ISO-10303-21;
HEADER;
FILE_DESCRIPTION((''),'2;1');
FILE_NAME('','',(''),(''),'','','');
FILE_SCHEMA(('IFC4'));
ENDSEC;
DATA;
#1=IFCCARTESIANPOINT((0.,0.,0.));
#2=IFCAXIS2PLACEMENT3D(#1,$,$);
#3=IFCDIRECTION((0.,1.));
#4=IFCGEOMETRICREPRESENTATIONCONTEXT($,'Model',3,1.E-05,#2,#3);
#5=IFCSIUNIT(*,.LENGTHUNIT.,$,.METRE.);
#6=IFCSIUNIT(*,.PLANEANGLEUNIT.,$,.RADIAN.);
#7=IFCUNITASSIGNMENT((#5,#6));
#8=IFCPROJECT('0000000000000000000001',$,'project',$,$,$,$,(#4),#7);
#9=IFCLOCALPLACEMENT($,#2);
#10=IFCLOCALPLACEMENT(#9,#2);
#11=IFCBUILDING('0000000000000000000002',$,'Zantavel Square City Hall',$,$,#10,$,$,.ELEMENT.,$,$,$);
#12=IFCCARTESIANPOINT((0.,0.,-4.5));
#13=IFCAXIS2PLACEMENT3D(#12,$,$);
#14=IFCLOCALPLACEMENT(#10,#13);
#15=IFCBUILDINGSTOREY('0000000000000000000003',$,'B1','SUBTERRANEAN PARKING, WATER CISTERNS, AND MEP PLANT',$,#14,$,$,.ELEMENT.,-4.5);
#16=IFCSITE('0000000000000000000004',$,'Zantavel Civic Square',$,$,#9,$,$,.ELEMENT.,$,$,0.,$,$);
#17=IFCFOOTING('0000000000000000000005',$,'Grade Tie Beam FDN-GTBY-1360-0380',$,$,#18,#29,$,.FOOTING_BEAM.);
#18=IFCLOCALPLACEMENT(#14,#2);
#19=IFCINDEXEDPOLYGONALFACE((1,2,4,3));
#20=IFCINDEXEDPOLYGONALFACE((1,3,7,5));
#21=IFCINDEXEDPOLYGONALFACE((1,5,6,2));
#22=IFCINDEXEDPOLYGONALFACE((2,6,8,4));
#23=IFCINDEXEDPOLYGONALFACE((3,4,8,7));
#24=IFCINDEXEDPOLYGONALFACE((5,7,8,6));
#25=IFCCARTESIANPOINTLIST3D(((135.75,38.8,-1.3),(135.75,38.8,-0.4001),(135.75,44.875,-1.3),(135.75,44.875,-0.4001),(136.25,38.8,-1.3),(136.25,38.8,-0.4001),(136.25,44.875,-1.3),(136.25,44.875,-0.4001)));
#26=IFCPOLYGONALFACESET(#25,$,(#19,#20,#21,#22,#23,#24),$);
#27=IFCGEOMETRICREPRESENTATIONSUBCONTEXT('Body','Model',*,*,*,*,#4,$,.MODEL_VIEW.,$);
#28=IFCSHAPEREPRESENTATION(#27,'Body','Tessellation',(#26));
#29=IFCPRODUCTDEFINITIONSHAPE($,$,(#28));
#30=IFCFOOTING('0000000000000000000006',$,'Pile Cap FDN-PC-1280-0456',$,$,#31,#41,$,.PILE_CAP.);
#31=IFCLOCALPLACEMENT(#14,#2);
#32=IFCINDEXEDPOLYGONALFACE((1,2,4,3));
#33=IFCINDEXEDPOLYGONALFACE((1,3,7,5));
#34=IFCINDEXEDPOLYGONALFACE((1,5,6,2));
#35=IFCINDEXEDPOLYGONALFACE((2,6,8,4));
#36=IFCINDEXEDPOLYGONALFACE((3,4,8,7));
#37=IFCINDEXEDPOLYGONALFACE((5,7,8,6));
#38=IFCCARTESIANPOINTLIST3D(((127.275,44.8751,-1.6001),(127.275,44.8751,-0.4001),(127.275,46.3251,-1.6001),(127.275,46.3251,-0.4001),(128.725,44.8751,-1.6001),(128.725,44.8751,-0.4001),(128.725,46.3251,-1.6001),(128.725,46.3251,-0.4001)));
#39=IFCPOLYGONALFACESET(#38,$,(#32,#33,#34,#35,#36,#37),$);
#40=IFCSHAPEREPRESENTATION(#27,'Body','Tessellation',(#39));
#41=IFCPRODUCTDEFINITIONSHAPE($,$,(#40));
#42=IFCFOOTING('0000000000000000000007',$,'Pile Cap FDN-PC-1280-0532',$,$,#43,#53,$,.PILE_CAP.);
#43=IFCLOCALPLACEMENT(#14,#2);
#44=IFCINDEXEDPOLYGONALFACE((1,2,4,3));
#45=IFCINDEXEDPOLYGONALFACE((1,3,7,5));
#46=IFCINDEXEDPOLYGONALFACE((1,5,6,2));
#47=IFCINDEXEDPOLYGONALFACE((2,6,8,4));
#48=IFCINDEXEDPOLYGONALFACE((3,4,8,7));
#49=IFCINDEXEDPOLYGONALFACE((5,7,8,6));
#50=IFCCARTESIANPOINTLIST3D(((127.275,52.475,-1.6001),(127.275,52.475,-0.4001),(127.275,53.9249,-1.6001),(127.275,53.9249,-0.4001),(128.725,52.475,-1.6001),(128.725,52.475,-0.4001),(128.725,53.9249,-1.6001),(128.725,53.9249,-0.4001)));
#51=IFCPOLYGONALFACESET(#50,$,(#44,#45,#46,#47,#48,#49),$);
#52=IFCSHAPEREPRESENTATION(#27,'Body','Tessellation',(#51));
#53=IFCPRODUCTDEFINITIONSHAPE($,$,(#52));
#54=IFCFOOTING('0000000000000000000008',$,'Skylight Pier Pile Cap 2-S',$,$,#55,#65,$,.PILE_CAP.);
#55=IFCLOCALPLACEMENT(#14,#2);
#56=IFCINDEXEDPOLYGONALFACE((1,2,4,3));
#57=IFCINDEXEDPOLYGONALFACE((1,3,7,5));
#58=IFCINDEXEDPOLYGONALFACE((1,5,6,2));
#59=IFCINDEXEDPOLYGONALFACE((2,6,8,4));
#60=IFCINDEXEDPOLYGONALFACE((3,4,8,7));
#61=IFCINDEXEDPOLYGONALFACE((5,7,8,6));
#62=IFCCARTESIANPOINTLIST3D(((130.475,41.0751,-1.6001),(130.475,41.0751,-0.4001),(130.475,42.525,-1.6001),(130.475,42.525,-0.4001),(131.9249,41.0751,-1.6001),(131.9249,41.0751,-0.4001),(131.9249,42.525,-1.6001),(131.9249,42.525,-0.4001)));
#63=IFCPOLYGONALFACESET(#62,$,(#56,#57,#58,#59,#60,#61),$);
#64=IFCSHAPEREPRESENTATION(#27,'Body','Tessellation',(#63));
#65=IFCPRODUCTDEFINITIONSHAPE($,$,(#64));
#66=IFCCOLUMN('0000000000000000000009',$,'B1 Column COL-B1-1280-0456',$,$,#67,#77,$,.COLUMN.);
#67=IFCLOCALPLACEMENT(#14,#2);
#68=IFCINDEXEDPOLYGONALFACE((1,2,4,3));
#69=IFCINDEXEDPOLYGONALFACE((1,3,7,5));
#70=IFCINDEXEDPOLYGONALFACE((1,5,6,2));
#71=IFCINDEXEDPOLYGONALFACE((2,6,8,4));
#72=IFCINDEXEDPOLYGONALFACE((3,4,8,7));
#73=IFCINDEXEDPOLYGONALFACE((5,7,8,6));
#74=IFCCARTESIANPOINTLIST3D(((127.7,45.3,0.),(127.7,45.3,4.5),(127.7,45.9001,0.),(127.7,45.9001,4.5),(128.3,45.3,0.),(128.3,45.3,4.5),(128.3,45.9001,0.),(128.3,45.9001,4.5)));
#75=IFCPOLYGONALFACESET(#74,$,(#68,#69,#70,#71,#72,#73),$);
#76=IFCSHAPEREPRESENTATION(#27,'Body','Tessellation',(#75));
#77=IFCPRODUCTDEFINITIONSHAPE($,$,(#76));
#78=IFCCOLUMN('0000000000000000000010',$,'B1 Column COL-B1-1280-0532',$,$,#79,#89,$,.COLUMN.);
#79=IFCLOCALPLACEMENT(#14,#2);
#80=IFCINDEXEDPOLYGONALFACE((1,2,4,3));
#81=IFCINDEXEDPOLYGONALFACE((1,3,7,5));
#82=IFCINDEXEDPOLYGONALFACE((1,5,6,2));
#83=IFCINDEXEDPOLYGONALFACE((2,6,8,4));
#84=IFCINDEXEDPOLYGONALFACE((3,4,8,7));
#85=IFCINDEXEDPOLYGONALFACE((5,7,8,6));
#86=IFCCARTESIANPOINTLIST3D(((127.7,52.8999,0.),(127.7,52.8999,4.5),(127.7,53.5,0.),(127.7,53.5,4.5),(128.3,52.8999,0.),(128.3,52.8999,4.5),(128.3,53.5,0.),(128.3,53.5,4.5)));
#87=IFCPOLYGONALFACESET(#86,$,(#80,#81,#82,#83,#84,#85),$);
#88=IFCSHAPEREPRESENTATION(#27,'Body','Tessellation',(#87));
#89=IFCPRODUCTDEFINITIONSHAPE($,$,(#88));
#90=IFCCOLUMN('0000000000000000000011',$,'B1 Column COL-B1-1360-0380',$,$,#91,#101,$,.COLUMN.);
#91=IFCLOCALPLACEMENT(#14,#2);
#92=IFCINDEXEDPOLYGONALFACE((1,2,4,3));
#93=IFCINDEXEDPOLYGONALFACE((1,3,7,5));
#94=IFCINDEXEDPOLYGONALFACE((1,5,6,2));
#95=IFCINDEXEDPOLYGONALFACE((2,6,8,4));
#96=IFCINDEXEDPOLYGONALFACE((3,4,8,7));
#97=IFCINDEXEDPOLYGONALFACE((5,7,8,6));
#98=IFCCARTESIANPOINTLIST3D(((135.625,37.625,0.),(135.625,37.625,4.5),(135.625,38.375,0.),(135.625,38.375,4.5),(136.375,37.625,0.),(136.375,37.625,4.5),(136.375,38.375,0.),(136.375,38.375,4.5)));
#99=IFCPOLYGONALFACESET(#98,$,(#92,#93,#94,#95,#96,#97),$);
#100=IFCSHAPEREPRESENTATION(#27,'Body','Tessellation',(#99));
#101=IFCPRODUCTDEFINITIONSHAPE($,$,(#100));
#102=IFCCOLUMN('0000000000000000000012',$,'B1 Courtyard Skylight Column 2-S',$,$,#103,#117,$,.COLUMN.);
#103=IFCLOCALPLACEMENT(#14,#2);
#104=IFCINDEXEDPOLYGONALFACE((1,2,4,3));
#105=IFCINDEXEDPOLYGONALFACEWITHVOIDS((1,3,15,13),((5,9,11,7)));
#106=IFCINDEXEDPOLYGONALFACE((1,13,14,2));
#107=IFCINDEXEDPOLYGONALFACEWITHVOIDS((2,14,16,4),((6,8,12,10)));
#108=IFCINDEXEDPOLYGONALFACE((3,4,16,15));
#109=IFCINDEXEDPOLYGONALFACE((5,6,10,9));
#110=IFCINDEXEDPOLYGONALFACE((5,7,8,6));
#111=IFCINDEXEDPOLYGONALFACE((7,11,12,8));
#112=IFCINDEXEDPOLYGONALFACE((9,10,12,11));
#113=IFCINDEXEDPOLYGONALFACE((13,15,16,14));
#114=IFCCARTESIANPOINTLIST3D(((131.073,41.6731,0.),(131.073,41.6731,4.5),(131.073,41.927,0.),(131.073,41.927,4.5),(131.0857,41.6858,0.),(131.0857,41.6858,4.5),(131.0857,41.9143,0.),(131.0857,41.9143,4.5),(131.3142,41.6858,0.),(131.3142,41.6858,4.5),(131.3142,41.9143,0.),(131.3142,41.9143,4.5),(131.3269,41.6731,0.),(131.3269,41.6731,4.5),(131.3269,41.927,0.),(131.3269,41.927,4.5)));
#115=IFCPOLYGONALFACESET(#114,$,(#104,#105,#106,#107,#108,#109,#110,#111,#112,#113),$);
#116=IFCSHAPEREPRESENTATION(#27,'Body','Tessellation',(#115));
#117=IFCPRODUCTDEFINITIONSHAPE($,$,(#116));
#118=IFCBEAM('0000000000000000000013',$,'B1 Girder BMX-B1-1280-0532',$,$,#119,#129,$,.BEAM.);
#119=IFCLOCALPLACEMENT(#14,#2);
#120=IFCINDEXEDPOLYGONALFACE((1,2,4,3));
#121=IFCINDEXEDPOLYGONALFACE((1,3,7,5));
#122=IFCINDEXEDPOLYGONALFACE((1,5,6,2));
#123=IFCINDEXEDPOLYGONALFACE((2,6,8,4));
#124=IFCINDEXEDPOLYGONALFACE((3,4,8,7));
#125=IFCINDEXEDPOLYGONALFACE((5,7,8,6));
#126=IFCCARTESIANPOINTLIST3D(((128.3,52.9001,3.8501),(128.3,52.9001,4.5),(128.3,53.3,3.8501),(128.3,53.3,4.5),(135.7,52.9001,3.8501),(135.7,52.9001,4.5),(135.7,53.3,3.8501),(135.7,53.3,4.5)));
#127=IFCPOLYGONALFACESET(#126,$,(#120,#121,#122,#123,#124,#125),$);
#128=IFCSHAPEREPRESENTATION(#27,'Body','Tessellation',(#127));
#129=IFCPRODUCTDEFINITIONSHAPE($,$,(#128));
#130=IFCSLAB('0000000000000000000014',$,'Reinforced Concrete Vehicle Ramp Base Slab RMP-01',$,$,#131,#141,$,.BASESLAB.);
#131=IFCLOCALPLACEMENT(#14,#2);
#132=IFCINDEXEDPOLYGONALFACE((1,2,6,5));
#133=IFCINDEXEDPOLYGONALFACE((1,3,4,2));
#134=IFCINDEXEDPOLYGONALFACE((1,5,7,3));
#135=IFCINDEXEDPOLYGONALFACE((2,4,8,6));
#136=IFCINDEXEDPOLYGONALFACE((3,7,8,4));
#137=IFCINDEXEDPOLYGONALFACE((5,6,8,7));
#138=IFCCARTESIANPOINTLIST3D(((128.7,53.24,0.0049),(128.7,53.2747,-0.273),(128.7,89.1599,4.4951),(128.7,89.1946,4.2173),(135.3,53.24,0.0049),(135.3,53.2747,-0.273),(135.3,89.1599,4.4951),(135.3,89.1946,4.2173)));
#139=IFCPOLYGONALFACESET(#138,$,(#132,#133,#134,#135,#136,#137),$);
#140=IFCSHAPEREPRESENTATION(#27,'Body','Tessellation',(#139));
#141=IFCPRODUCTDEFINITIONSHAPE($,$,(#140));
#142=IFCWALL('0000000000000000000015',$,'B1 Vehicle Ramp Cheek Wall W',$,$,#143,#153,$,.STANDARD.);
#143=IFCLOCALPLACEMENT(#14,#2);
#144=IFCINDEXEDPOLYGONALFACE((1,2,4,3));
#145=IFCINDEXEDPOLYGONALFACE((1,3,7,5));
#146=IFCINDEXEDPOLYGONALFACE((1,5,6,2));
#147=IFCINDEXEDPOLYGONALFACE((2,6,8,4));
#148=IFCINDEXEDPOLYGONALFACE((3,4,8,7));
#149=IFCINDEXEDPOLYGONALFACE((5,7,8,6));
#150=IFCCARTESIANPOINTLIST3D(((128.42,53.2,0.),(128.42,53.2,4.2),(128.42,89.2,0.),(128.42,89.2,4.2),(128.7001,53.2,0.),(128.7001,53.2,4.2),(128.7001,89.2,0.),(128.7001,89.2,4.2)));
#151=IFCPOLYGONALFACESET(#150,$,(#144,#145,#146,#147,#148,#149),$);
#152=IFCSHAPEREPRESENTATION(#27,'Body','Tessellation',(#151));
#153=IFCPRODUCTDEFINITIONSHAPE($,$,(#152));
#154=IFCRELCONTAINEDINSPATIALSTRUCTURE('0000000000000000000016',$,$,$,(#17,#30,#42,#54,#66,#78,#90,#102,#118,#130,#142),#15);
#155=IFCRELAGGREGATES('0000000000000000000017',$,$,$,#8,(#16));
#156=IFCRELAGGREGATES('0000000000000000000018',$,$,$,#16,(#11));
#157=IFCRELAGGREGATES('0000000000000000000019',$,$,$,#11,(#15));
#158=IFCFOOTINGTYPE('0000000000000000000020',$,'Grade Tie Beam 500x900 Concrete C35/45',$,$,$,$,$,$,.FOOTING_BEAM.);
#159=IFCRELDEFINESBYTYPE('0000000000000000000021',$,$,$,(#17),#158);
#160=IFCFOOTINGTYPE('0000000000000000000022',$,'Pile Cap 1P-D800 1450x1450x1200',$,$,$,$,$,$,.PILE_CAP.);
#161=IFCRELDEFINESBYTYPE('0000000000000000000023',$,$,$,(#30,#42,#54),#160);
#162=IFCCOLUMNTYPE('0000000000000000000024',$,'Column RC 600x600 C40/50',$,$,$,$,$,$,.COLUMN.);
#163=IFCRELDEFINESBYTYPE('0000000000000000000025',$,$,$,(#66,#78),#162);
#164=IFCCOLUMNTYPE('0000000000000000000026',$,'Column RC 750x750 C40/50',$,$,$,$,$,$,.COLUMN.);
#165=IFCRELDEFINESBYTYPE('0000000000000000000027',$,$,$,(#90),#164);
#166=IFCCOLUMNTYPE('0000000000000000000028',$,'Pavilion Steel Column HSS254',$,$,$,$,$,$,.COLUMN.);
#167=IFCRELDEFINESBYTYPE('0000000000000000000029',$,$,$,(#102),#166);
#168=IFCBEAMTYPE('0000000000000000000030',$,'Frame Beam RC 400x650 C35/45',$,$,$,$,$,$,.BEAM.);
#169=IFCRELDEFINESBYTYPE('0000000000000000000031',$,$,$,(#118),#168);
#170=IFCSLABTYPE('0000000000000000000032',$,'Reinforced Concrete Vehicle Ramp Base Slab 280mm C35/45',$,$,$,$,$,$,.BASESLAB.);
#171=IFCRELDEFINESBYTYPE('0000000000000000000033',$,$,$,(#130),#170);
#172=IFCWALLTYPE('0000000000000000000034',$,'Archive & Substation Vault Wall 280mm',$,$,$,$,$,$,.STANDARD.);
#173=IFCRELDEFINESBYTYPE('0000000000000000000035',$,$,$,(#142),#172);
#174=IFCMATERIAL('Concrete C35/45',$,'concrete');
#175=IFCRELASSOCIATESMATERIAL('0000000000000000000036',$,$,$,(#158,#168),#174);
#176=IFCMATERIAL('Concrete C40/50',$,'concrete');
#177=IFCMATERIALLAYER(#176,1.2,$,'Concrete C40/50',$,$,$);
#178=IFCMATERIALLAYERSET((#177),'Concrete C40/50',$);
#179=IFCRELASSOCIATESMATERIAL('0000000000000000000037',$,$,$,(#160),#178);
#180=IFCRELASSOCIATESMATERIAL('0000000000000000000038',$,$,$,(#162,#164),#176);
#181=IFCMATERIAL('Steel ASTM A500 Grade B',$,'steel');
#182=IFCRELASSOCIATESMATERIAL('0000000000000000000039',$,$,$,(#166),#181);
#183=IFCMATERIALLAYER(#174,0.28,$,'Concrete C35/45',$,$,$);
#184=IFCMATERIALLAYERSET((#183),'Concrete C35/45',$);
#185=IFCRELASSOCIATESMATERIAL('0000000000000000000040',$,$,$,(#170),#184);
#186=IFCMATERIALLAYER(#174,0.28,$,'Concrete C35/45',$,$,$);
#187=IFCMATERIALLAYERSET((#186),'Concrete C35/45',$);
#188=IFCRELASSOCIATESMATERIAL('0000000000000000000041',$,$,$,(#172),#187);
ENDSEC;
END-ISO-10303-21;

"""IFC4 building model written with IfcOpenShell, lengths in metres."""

from ifc_helpers import new_model, si_unit, direction, frame, frame_2d, origin, origin_2d, place, context, subcontext, project, spatial, polyline, rectangle, hollow_rectangle, outline, extrude, material, layer, layer_set, material_profile, profile_set, type_object, element, save


model = new_model("IFC4")

# Units and contexts
model_context = context("Model", 3, precision=1e-05, world=origin(), true_north=direction((0.0, 1.0)))
body_context = subcontext(model_context, "Body", "Model", "MODEL_VIEW")
ifc_project = project(units=[si_unit("LENGTHUNIT", "METRE"), si_unit("PLANEANGLEUNIT", "RADIAN")], contexts=[model_context])

# Site, building, storey
site_placement = place(None, origin())
site = spatial("IfcSite", under=ifc_project, at=site_placement, Name="Zantavel Civic Square", CompositionType="ELEMENT", RefElevation=0.0)
building_placement = place(site_placement, origin())
building = spatial("IfcBuilding", under=site, at=building_placement, Name="Zantavel Square City Hall", CompositionType="ELEMENT")
storey_placement = place(building_placement, frame((0.0, 0.0, -4.5)))
storey = spatial("IfcBuildingStorey", under=building, at=storey_placement, Name="B1", Description="SUBTERRANEAN PARKING, WATER CISTERNS, AND MEP PLANT", CompositionType="ELEMENT", Elevation=-4.5)

# Shared definitions
ifc_material_1 = material(Name="Concrete C35/45", Category="concrete")

# Footings
ifc_material_profile_1 = material_profile(ifc_material_1, rectangle(XDim=0.5, YDim=0.8999, at=origin_2d()), Name="RC 500x900")
ifc_profile_set_1 = profile_set([ifc_material_profile_1], Name="Concrete C35/45")
footing_type_1 = type_object("IfcFootingType", Name="Grade Tie Beam 500x900 Concrete C35/45", PredefinedType="FOOTING_BEAM", material=ifc_profile_set_1)
footing_1_placement = place(storey_placement, frame((136.0, 38.8, -0.8501), z_axis=(0.0, 1.0, 0.0), x_axis=(-1.0, 0.0, 0.0)))
element("IfcFooting", 1, at=footing_1_placement, inside=storey, type_object=footing_type_1, Name="Grade Tie Beam FDN-GTBY-1360-0380", PredefinedType="FOOTING_BEAM", context=body_context, shape_type="SweptSolid", body=[
    extrude(rectangle(XDim=0.5, YDim=0.8999, at=origin_2d()), origin(), (0.0, 0.0, 1.0), 6.075),
])
ifc_material_2 = material(Name="Concrete C40/50", Category="concrete")
ifc_layer_1 = layer(ifc_material_2, 1.2, Name="Concrete C40/50")
ifc_layer_set_1 = layer_set([ifc_layer_1], Name="Concrete C40/50")
footing_type_2 = type_object("IfcFootingType", Name="Pile Cap 1P-D800 1450x1450x1200", PredefinedType="PILE_CAP", material=ifc_layer_set_1)
for number, where, z_axis, x_axis, name in (
    (2, (128.0, 45.6001, -1.6001), (0.0, 0.0, 1.0), (1.0, 0.0, 0.0), "Pile Cap FDN-PC-1280-0456"),
    (3, (128.0, 53.2, -1.6001), (0.0, 0.0, 1.0), (1.0, 0.0, 0.0), "Pile Cap FDN-PC-1280-0532"),
    (4, (131.2, 41.8, -1.6001), (0.0, 0.0, 1.0), (1.0, 0.0, 0.0), "Skylight Pier Pile Cap 2-S"),
):
    element("IfcFooting", number, at=place(storey_placement, frame(where, z_axis=z_axis, x_axis=x_axis)), inside=storey, type_object=footing_type_2, Name=name, PredefinedType="PILE_CAP", context=body_context, shape_type="SweptSolid", body=[
        extrude(rectangle(XDim=1.45, YDim=1.45, at=origin_2d()), origin(), (0.0, 0.0, 1.0), 1.2),
    ])

# Columns
ifc_material_profile_2 = material_profile(ifc_material_2, rectangle(XDim=0.6001, YDim=0.6001, at=origin_2d()), Name="RC 600x600")
ifc_profile_set_2 = profile_set([ifc_material_profile_2], Name="Concrete C40/50")
column_type_1 = type_object("IfcColumnType", Name="Column RC 600x600 C40/50", PredefinedType="COLUMN", material=ifc_profile_set_2)
for number, where, z_axis, x_axis, name in (
    (5, (128.0, 45.6001, 0.0), (0.0, 0.0, 1.0), (1.0, 0.0, 0.0), "B1 Column COL-B1-1280-0456"),
    (6, (128.0, 53.2, 0.0), (0.0, 0.0, 1.0), (1.0, 0.0, 0.0), "B1 Column COL-B1-1280-0532"),
):
    element("IfcColumn", number, at=place(storey_placement, frame(where, z_axis=z_axis, x_axis=x_axis)), inside=storey, type_object=column_type_1, Name=name, PredefinedType="COLUMN", context=body_context, shape_type="SweptSolid", body=[
        extrude(rectangle(XDim=0.6001, YDim=0.6001, at=origin_2d()), origin(), (0.0, 0.0, 1.0), 4.5),
    ])
ifc_material_profile_3 = material_profile(ifc_material_2, rectangle(XDim=0.75, YDim=0.75, at=origin_2d()), Name="RC 750x750")
ifc_profile_set_3 = profile_set([ifc_material_profile_3], Name="Concrete C40/50")
column_type_2 = type_object("IfcColumnType", Name="Column RC 750x750 C40/50", PredefinedType="COLUMN", material=ifc_profile_set_3)
column_1_placement = place(storey_placement, frame((136.0, 38.0, 0.0), z_axis=(0.0, 0.0, 1.0), x_axis=(1.0, 0.0, 0.0)))
element("IfcColumn", 7, at=column_1_placement, inside=storey, type_object=column_type_2, Name="B1 Column COL-B1-1360-0380", PredefinedType="COLUMN", context=body_context, shape_type="SweptSolid", body=[
    extrude(rectangle(XDim=0.75, YDim=0.75, at=origin_2d()), origin(), (0.0, 0.0, 1.0), 4.5),
])
ifc_material_3 = material(Name="Steel ASTM A500 Grade B", Category="steel")
ifc_material_profile_4 = material_profile(ifc_material_3, hollow_rectangle(XDim=0.2539, YDim=0.2539, WallThickness=0.0127, at=origin_2d()), Name="HSS 254x254x12.7")
ifc_profile_set_4 = profile_set([ifc_material_profile_4], Name="Steel ASTM A500 Grade B")
column_type_3 = type_object("IfcColumnType", Name="Pavilion Steel Column HSS254", PredefinedType="COLUMN", material=ifc_profile_set_4)
column_2_placement = place(storey_placement, frame((131.2, 41.8, 0.0), z_axis=(0.0, 0.0, 1.0), x_axis=(1.0, 0.0, 0.0)))
element("IfcColumn", 8, at=column_2_placement, inside=storey, type_object=column_type_3, Name="B1 Courtyard Skylight Column 2-S", PredefinedType="COLUMN", context=body_context, shape_type="SweptSolid", body=[
    extrude(hollow_rectangle(XDim=0.2539, YDim=0.2539, WallThickness=0.0127, at=origin_2d()), origin(), (0.0, 0.0, 1.0), 4.5),
])

# Beam
ifc_material_profile_5 = material_profile(ifc_material_1, rectangle(XDim=0.3999, YDim=0.6499, at=origin_2d()), Name="RC 400x650")
ifc_profile_set_5 = profile_set([ifc_material_profile_5], Name="Concrete C35/45")
beam_type = type_object("IfcBeamType", Name="Frame Beam RC 400x650 C35/45", PredefinedType="BEAM", material=ifc_profile_set_5)
beam_placement = place(storey_placement, frame((128.3, 53.1001, 4.175), z_axis=(1.0, 0.0, 0.0), x_axis=(0.0, 1.0, 0.0)))
element("IfcBeam", 9, at=beam_placement, inside=storey, type_object=beam_type, Name="B1 Girder BMX-B1-1280-0532", PredefinedType="BEAM", context=body_context, shape_type="SweptSolid", body=[
    extrude(rectangle(XDim=0.3999, YDim=0.6499, at=origin_2d()), origin(), (0.0, 0.0, 1.0), 7.3999),
])

# Slab
ifc_layer_2 = layer(ifc_material_1, 0.28, Name="Concrete C35/45")
ifc_layer_set_2 = layer_set([ifc_layer_2], Name="Concrete C35/45")
slab_type = type_object("IfcSlabType", Name="Reinforced Concrete Vehicle Ramp Base Slab 280mm C35/45", PredefinedType="BASESLAB", material=ifc_layer_set_2)
slab_placement = place(storey_placement, frame((128.7, 53.24, 0.0049), z_axis=(0.0, -0.124041, 0.992277), x_axis=(1.0, 0.0, 0.0)))
element("IfcSlab", 10, at=slab_placement, inside=storey, type_object=slab_type, Name="Reinforced Concrete Vehicle Ramp Base Slab RMP-01", PredefinedType="BASESLAB", context=body_context, shape_type="SweptSolid", body=[
    extrude(outline(polyline([(0.0, 0.0), (6.6001, 0.0), (6.6001, 36.1995), (0.0, 36.1995), (0.0, 0.0)])), origin(), (0.0, 0.0, -1.0), 0.28),
])

# Wall
ifc_layer_3 = layer(ifc_material_1, 0.28, Name="Concrete C35/45")
ifc_layer_set_3 = layer_set([ifc_layer_3], Name="Concrete C35/45")
wall_type = type_object("IfcWallType", Name="Archive & Substation Vault Wall 280mm", PredefinedType="STANDARD", material=ifc_layer_set_3)
wall_placement = place(storey_placement, frame((128.5601, 53.2, 0.0), z_axis=(0.0, 0.0, 1.0), x_axis=(0.0, 1.0, 0.0)))
element("IfcWall", 11, at=wall_placement, inside=storey, type_object=wall_type, Name="B1 Vehicle Ramp Cheek Wall W", PredefinedType="STANDARD", context=body_context, shape_type="SweptSolid", body=[
    extrude(rectangle(XDim=36.0, YDim=0.28, at=frame_2d((18.0, 0.0))), origin(), (0.0, 0.0, 1.0), 4.2),
])

save(model, "model.ifc")
